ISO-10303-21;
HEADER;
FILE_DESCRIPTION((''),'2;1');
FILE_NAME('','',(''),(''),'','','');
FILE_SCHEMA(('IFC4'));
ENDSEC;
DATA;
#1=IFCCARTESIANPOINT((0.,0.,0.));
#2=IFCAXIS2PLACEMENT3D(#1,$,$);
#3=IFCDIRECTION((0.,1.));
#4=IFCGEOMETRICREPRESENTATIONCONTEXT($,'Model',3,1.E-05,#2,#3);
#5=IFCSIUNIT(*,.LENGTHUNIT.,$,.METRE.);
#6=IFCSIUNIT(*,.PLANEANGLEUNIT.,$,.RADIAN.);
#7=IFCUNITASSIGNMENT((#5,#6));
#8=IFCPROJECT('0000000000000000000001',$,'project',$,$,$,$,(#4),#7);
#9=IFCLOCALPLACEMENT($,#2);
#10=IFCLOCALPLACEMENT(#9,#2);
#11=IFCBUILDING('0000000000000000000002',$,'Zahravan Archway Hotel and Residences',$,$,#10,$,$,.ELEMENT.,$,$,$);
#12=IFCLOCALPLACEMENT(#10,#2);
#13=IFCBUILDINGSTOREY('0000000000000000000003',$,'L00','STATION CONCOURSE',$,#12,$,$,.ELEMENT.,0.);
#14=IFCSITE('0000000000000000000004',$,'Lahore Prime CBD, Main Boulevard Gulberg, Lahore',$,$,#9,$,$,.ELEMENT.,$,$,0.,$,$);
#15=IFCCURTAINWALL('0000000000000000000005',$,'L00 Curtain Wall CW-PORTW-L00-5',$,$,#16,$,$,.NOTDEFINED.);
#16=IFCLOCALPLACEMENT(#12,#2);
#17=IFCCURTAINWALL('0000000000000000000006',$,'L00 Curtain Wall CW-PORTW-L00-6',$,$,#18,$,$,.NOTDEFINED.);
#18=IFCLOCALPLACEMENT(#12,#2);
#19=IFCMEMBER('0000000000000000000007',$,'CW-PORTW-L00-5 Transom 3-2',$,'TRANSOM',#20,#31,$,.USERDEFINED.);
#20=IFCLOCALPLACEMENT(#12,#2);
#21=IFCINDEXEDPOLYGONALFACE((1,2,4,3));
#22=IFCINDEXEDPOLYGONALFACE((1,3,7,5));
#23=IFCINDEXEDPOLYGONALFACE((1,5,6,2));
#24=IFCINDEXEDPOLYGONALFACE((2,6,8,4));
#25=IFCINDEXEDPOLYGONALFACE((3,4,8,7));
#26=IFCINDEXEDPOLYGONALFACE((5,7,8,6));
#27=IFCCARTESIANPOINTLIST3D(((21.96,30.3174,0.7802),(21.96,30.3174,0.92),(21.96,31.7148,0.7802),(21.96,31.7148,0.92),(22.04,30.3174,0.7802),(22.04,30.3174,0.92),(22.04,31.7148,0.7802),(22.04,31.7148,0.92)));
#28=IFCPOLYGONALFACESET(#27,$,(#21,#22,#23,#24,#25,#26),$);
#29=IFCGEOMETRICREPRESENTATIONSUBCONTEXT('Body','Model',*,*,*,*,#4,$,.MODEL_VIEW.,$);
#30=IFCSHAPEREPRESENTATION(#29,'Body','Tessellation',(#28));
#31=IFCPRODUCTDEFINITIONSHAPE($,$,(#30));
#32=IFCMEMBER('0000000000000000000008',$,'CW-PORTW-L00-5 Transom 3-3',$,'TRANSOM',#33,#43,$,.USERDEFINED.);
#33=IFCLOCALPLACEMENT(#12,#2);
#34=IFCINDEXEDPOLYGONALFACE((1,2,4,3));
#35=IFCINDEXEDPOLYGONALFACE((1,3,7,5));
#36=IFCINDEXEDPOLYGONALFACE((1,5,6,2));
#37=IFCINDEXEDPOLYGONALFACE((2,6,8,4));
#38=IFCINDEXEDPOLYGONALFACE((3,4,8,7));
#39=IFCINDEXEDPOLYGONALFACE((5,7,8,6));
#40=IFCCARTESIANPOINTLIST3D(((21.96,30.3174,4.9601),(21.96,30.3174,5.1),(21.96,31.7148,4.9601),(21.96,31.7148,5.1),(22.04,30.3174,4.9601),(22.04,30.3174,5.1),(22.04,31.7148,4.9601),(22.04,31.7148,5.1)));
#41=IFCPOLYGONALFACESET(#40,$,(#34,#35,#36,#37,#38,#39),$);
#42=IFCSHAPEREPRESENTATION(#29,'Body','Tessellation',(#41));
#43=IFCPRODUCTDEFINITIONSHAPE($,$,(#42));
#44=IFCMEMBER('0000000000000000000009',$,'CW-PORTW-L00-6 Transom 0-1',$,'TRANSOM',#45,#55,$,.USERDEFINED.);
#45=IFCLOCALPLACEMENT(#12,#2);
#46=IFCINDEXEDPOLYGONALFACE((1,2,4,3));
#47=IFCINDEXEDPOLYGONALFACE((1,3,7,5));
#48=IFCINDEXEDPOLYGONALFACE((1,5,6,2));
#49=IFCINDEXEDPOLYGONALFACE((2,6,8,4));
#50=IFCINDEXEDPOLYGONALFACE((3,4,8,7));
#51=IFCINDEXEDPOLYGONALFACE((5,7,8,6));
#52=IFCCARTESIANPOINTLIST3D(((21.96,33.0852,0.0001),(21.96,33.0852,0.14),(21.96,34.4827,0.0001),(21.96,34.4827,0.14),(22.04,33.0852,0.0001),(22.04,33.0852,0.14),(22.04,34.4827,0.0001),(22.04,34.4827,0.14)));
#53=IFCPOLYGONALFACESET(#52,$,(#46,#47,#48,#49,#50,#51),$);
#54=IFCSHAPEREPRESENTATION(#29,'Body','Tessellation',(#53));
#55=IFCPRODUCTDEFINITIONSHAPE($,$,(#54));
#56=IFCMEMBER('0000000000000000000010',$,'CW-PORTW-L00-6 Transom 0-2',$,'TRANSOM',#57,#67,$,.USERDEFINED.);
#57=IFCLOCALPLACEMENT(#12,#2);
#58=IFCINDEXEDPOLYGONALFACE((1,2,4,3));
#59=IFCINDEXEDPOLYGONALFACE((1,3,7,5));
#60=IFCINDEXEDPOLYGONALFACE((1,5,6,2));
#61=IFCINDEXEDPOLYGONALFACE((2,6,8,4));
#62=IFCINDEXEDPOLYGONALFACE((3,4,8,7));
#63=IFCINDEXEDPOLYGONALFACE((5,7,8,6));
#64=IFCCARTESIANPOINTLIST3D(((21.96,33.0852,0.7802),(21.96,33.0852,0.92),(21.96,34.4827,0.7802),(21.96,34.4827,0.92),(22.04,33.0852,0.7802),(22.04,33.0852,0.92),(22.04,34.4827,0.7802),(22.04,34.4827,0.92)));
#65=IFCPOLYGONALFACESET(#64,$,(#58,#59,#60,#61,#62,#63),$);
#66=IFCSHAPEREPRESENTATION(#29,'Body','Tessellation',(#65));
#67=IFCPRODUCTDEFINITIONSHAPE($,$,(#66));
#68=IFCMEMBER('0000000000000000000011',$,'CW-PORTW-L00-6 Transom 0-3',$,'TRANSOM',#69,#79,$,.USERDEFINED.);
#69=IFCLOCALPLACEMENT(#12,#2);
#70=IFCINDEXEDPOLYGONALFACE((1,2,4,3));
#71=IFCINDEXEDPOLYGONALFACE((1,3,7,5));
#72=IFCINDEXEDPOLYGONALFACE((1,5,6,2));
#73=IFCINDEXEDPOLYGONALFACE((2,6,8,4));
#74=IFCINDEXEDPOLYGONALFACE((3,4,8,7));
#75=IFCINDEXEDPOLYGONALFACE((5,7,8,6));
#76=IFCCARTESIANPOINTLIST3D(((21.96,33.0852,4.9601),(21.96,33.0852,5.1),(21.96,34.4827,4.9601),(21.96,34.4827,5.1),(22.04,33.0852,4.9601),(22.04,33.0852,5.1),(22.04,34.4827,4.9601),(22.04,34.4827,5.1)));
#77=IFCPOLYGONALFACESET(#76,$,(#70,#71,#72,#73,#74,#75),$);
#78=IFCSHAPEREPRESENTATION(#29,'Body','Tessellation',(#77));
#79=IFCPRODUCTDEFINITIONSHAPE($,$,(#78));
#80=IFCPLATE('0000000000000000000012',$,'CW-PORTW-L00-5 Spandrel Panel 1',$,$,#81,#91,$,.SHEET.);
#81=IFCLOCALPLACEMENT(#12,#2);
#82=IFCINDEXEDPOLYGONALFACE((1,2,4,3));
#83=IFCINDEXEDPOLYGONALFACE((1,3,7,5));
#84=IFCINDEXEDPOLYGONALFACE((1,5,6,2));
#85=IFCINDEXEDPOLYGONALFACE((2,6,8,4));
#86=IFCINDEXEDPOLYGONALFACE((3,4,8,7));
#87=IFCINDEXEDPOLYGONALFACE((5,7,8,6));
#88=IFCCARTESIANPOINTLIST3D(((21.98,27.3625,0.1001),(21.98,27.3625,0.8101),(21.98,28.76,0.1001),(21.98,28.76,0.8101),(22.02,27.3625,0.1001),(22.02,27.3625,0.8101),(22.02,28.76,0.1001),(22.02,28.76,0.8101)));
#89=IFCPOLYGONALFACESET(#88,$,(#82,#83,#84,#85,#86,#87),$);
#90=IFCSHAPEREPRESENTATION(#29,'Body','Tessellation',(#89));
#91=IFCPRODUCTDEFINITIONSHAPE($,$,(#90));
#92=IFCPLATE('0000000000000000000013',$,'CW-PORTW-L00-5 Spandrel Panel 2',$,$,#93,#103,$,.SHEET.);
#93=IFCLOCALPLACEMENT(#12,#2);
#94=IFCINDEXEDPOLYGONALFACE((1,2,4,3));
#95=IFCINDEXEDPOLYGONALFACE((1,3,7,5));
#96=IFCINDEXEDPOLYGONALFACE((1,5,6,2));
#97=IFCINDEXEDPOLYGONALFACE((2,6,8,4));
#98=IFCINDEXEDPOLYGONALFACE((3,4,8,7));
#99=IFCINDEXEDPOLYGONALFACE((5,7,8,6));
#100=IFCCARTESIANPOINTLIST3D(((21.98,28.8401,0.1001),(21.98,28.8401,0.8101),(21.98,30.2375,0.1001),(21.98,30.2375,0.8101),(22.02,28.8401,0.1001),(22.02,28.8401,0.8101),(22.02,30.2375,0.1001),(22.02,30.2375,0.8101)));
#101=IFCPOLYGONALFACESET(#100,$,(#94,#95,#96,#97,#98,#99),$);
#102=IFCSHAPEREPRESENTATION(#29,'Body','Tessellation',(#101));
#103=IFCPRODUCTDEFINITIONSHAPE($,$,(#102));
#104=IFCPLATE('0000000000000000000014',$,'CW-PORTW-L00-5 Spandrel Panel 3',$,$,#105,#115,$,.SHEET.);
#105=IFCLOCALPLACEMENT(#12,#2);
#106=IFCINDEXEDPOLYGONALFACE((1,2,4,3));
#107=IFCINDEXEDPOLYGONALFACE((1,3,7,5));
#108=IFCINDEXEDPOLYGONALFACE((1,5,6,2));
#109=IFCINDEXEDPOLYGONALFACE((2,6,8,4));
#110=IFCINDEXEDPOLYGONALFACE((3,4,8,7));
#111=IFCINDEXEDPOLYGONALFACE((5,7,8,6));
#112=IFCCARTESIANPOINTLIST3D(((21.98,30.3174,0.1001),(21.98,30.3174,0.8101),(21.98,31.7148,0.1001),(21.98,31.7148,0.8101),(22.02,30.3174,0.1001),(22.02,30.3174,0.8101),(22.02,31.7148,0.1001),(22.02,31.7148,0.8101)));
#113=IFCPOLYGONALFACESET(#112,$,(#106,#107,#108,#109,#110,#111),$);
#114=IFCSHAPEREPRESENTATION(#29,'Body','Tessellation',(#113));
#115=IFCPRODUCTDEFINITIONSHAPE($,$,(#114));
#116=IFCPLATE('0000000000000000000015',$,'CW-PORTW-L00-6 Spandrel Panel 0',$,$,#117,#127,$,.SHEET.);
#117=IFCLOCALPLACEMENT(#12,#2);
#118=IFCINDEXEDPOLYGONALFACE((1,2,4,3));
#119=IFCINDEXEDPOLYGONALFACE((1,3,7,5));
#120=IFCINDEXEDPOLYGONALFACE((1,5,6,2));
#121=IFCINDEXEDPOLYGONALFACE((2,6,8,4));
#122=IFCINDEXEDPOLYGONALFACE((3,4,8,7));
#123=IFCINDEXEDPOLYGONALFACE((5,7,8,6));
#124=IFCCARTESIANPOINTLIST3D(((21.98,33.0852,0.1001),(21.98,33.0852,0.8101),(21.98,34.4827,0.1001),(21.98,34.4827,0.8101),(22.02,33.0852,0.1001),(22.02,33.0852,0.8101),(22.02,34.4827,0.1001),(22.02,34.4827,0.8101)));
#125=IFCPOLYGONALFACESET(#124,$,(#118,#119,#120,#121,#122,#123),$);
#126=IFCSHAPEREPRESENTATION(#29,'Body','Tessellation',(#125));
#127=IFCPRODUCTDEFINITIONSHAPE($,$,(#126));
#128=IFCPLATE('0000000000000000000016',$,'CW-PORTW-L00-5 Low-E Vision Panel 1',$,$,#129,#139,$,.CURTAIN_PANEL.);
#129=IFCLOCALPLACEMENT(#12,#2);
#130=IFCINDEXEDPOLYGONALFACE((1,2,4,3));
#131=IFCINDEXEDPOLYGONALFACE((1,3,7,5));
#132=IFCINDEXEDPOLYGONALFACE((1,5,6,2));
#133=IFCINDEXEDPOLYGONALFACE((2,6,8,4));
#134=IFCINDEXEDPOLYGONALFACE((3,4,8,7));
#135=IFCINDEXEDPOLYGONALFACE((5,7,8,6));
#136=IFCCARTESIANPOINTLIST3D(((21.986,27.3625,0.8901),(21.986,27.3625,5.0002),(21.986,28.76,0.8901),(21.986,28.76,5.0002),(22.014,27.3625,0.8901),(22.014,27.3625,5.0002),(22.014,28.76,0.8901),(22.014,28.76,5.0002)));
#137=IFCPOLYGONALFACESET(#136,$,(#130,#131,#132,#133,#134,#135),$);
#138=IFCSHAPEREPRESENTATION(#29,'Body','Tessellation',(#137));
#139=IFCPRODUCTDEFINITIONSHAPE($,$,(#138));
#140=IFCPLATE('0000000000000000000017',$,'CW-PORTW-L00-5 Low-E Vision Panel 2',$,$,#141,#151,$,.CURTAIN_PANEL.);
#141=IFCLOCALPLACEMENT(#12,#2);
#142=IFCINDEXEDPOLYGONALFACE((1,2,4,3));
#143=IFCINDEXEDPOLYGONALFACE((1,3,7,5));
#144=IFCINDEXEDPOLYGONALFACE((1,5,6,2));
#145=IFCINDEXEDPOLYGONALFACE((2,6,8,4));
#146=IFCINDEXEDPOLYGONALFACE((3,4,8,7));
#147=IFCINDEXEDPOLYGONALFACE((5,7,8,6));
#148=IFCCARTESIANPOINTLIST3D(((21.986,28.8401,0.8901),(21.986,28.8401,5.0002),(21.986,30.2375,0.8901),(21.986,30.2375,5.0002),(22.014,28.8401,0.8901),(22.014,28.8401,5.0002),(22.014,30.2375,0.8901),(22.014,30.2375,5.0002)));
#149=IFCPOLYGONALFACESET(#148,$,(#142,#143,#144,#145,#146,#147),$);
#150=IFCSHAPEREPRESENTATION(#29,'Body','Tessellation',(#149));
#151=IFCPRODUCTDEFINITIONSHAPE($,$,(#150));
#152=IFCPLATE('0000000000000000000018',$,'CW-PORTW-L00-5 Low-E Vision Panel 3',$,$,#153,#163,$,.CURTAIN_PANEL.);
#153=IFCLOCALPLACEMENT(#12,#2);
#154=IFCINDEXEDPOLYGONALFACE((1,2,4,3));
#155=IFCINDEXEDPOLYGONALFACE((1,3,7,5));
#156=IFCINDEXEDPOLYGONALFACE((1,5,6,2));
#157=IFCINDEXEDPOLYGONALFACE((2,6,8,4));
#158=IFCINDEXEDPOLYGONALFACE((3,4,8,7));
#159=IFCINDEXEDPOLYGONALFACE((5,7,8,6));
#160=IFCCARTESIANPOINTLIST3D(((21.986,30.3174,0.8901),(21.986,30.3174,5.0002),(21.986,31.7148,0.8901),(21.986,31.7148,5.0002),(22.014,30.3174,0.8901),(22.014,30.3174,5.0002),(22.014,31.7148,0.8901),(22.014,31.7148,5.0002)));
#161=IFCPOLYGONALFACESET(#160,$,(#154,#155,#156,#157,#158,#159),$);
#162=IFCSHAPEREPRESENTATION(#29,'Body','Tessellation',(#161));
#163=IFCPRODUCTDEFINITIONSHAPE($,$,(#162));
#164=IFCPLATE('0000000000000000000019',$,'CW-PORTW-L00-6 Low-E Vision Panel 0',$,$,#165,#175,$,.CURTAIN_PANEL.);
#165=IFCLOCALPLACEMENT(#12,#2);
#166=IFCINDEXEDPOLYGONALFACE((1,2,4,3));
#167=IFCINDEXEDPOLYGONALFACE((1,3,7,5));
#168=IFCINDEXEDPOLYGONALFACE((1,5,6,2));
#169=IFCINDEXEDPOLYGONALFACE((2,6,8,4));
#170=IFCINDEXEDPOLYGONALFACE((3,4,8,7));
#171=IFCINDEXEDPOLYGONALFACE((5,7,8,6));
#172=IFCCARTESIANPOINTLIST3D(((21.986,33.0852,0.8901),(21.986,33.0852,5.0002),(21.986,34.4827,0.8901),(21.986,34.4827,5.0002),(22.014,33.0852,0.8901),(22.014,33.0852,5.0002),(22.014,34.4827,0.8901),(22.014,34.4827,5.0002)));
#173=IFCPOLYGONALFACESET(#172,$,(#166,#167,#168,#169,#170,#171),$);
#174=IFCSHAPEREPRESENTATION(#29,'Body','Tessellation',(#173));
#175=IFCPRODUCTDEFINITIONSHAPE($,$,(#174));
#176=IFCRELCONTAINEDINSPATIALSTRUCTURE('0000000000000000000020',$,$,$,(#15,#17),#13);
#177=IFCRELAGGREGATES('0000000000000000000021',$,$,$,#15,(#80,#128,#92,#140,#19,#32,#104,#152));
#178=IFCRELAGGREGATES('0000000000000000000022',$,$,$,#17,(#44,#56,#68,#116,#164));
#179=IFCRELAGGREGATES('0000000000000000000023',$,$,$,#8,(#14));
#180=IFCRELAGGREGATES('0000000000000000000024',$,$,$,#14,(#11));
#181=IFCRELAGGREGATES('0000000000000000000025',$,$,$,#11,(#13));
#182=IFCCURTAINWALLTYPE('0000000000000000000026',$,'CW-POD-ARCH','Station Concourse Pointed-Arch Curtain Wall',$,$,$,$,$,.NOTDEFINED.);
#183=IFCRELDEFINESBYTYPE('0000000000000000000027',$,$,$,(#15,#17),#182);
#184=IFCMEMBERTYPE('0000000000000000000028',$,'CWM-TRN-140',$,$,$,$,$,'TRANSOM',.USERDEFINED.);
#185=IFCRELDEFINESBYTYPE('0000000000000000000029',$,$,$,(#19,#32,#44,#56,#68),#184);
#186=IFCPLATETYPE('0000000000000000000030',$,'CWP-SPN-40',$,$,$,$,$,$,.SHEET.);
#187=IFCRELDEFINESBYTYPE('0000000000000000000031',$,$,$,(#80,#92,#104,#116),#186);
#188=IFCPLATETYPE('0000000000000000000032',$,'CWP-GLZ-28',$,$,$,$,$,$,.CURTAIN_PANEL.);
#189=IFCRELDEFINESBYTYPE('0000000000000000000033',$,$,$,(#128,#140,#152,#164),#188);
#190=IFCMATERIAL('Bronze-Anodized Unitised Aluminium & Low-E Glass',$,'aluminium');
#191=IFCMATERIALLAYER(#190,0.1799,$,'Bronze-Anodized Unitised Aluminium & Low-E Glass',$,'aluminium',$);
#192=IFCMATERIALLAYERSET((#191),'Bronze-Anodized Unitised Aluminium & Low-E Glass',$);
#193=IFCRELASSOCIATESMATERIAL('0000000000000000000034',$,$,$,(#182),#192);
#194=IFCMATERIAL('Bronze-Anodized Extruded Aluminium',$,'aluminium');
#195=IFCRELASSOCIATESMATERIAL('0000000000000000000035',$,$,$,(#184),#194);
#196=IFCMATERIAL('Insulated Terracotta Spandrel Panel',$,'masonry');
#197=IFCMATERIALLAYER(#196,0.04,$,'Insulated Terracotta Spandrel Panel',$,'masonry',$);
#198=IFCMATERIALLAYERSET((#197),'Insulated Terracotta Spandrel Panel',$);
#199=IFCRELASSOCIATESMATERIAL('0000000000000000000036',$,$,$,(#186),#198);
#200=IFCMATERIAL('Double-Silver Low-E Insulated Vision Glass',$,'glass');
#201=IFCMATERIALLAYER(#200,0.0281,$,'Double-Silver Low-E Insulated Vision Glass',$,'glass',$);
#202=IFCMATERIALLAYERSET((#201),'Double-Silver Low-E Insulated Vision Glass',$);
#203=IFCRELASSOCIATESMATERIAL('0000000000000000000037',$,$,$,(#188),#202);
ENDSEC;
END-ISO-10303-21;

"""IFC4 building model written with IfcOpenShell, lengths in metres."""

from ifc_helpers import new_model, si_unit, direction, frame, origin, origin_2d, place, context, subcontext, project, spatial, rectangle, extrude, source, transform, mapped, material, layer, layer_set, material_profile, profile_set, type_object, element, aggregate, save


model = new_model("IFC4")

# Units and contexts
model_context = context("Model", 3, precision=1e-05, world=origin(), true_north=direction((0.0, 1.0)))
body_context = subcontext(model_context, "Body", "Model", "MODEL_VIEW")
ifc_project = project(units=[si_unit("LENGTHUNIT", "METRE"), si_unit("PLANEANGLEUNIT", "RADIAN")], contexts=[model_context])

# Site, building, storey
site_placement = place(None, origin())
site = spatial("IfcSite", under=ifc_project, at=site_placement, Name="Lahore Prime CBD, Main Boulevard Gulberg, Lahore", CompositionType="ELEMENT", RefElevation=0.0)
building_placement = place(site_placement, origin())
building = spatial("IfcBuilding", under=site, at=building_placement, Name="Zahravan Archway Hotel and Residences", CompositionType="ELEMENT")
storey_placement = place(building_placement, origin())
storey = spatial("IfcBuildingStorey", under=building, at=storey_placement, Name="L00", Description="STATION CONCOURSE", CompositionType="ELEMENT", Elevation=0.0)

# Curtain wall
ifc_material_1 = material(Name="Bronze-Anodized Unitised Aluminium & Low-E Glass", Category="aluminium")
ifc_layer_1 = layer(ifc_material_1, 0.1799, Name="Bronze-Anodized Unitised Aluminium & Low-E Glass", Category="aluminium")
ifc_layer_set_1 = layer_set([ifc_layer_1], Name="Bronze-Anodized Unitised Aluminium & Low-E Glass")
curtain_wall_type = type_object("IfcCurtainWallType", Name="CW-POD-ARCH", Description="Station Concourse Pointed-Arch Curtain Wall", PredefinedType="NOTDEFINED", material=ifc_layer_set_1)
curtain_wall_1_placement = place(storey_placement, origin())
curtain_wall_1 = element("IfcCurtainWall", 1, at=curtain_wall_1_placement, inside=storey, type_object=curtain_wall_type, Name="L00 Curtain Wall CW-PORTW-L00-5", PredefinedType="NOTDEFINED")
ifc_material_2 = material(Name="Bronze-Anodized Extruded Aluminium", Category="aluminium")

# Curtain wall
curtain_wall_2_placement = place(storey_placement, origin())
curtain_wall_2 = element("IfcCurtainWall", 2, at=curtain_wall_2_placement, inside=storey, type_object=curtain_wall_type, Name="L00 Curtain Wall CW-PORTW-L00-6", PredefinedType="NOTDEFINED")

# Members
ifc_material_profile_1 = material_profile(ifc_material_2, rectangle(XDim=0.0801, YDim=0.1399, at=origin_2d()), Name="TRN 80x140", Category="aluminium")
ifc_profile_set_1 = profile_set([ifc_material_profile_1], Name="Bronze-Anodized Extruded Aluminium")
member_type_1 = type_object("IfcMemberType", Name="CWM-TRN-140", ElementType="TRANSOM", PredefinedType="USERDEFINED", material=ifc_profile_set_1)
shared_shape_1 = source(origin(), body_context, "Body", "SweptSolid", [
    extrude(rectangle(XDim=0.0801, YDim=0.1399, at=origin_2d()), origin(), (0.0, 0.0, 1.0), 1.3975),
])
member_1_placement = place(storey_placement, frame((22.0, 30.3174, 0.8501), z_axis=(0.0, 1.0, 0.0), x_axis=(-1.0, 0.0, 0.0)))
member_1 = element("IfcMember", 3, at=member_1_placement, type_object=member_type_1, Name="CW-PORTW-L00-5 Transom 3-2", ObjectType="TRANSOM", PredefinedType="USERDEFINED", context=body_context, shape_type="MappedRepresentation", body=[
    mapped(shared_shape_1, transform((0.0, 0.0, 0.0), scale=1.0)),
])
member_2_placement = place(storey_placement, frame((22.0, 30.3174, 5.03), z_axis=(0.0, 1.0, 0.0), x_axis=(-1.0, 0.0, 0.0)))
member_2 = element("IfcMember", 4, at=member_2_placement, type_object=member_type_1, Name="CW-PORTW-L00-5 Transom 3-3", ObjectType="TRANSOM", PredefinedType="USERDEFINED", context=body_context, shape_type="MappedRepresentation", body=[
    mapped(shared_shape_1, transform((0.0, 0.0, 0.0), scale=1.0)),
])
member_3_placement = place(storey_placement, frame((22.0, 33.0852, 0.0701), z_axis=(0.0, 1.0, 0.0), x_axis=(-1.0, 0.0, 0.0)))
member_3 = element("IfcMember", 5, at=member_3_placement, type_object=member_type_1, Name="CW-PORTW-L00-6 Transom 0-1", ObjectType="TRANSOM", PredefinedType="USERDEFINED", context=body_context, shape_type="MappedRepresentation", body=[
    mapped(shared_shape_1, transform((0.0, 0.0, 0.0), scale=1.0)),
])
member_4_placement = place(storey_placement, frame((22.0, 33.0852, 0.8501), z_axis=(0.0, 1.0, 0.0), x_axis=(-1.0, 0.0, 0.0)))
member_4 = element("IfcMember", 6, at=member_4_placement, type_object=member_type_1, Name="CW-PORTW-L00-6 Transom 0-2", ObjectType="TRANSOM", PredefinedType="USERDEFINED", context=body_context, shape_type="MappedRepresentation", body=[
    mapped(shared_shape_1, transform((0.0, 0.0, 0.0), scale=1.0)),
])
member_5_placement = place(storey_placement, frame((22.0, 33.0852, 5.03), z_axis=(0.0, 1.0, 0.0), x_axis=(-1.0, 0.0, 0.0)))
member_5 = element("IfcMember", 7, at=member_5_placement, type_object=member_type_1, Name="CW-PORTW-L00-6 Transom 0-3", ObjectType="TRANSOM", PredefinedType="USERDEFINED", context=body_context, shape_type="MappedRepresentation", body=[
    mapped(shared_shape_1, transform((0.0, 0.0, 0.0), scale=1.0)),
])

# Plates
ifc_material_3 = material(Name="Insulated Terracotta Spandrel Panel", Category="masonry")
ifc_layer_2 = layer(ifc_material_3, 0.04, Name="Insulated Terracotta Spandrel Panel", Category="masonry")
ifc_layer_set_2 = layer_set([ifc_layer_2], Name="Insulated Terracotta Spandrel Panel")
plate_type_1 = type_object("IfcPlateType", Name="CWP-SPN-40", PredefinedType="SHEET", material=ifc_layer_set_2)
shared_shape_2 = source(origin(), body_context, "Body", "SweptSolid", [
    extrude(rectangle(XDim=1.3975, YDim=0.04, at=origin_2d()), origin(), (0.0, 0.0, 1.0), 0.71),
])
plate_1_placement = place(storey_placement, frame((22.0, 28.0613, 0.1001), z_axis=(0.0, 0.0, 1.0), x_axis=(0.0, 1.0, 0.0)))
plate_1 = element("IfcPlate", 8, at=plate_1_placement, type_object=plate_type_1, Name="CW-PORTW-L00-5 Spandrel Panel 1", PredefinedType="SHEET", context=body_context, shape_type="MappedRepresentation", body=[
    mapped(shared_shape_2, transform((0.0, 0.0, 0.0), scale=1.0)),
])
plate_2_placement = place(storey_placement, frame((22.0, 29.5388, 0.1001), z_axis=(0.0, 0.0, 1.0), x_axis=(0.0, 1.0, 0.0)))
plate_2 = element("IfcPlate", 9, at=plate_2_placement, type_object=plate_type_1, Name="CW-PORTW-L00-5 Spandrel Panel 2", PredefinedType="SHEET", context=body_context, shape_type="MappedRepresentation", body=[
    mapped(shared_shape_2, transform((0.0, 0.0, 0.0), scale=1.0)),
])
plate_3_placement = place(storey_placement, frame((22.0, 31.0161, 0.1001), z_axis=(0.0, 0.0, 1.0), x_axis=(0.0, 1.0, 0.0)))
plate_3 = element("IfcPlate", 10, at=plate_3_placement, type_object=plate_type_1, Name="CW-PORTW-L00-5 Spandrel Panel 3", PredefinedType="SHEET", context=body_context, shape_type="MappedRepresentation", body=[
    mapped(shared_shape_2, transform((0.0, 0.0, 0.0), scale=1.0)),
])
plate_4_placement = place(storey_placement, frame((22.0, 33.7839, 0.1001), z_axis=(0.0, 0.0, 1.0), x_axis=(0.0, 1.0, 0.0)))
plate_4 = element("IfcPlate", 11, at=plate_4_placement, type_object=plate_type_1, Name="CW-PORTW-L00-6 Spandrel Panel 0", PredefinedType="SHEET", context=body_context, shape_type="MappedRepresentation", body=[
    mapped(shared_shape_2, transform((0.0, 0.0, 0.0), scale=1.0)),
])
ifc_material_4 = material(Name="Double-Silver Low-E Insulated Vision Glass", Category="glass")
ifc_layer_3 = layer(ifc_material_4, 0.0281, Name="Double-Silver Low-E Insulated Vision Glass", Category="glass")
ifc_layer_set_3 = layer_set([ifc_layer_3], Name="Double-Silver Low-E Insulated Vision Glass")
plate_type_2 = type_object("IfcPlateType", Name="CWP-GLZ-28", PredefinedType="CURTAIN_PANEL", material=ifc_layer_set_3)
shared_shape_3 = source(origin(), body_context, "Body", "SweptSolid", [
    extrude(rectangle(XDim=1.3975, YDim=0.0281, at=origin_2d()), origin(), (0.0, 0.0, 1.0), 4.1101),
])
plate_5_placement = place(storey_placement, frame((22.0, 28.0613, 0.8901), z_axis=(0.0, 0.0, 1.0), x_axis=(0.0, 1.0, 0.0)))
plate_5 = element("IfcPlate", 12, at=plate_5_placement, type_object=plate_type_2, Name="CW-PORTW-L00-5 Low-E Vision Panel 1", PredefinedType="CURTAIN_PANEL", context=body_context, shape_type="MappedRepresentation", body=[
    mapped(shared_shape_3, transform((0.0, 0.0, 0.0), scale=1.0)),
])
plate_6_placement = place(storey_placement, frame((22.0, 29.5388, 0.8901), z_axis=(0.0, 0.0, 1.0), x_axis=(0.0, 1.0, 0.0)))
plate_6 = element("IfcPlate", 13, at=plate_6_placement, type_object=plate_type_2, Name="CW-PORTW-L00-5 Low-E Vision Panel 2", PredefinedType="CURTAIN_PANEL", context=body_context, shape_type="MappedRepresentation", body=[
    mapped(shared_shape_3, transform((0.0, 0.0, 0.0), scale=1.0)),
])
plate_7_placement = place(storey_placement, frame((22.0, 31.0161, 0.8901), z_axis=(0.0, 0.0, 1.0), x_axis=(0.0, 1.0, 0.0)))
plate_7 = element("IfcPlate", 14, at=plate_7_placement, type_object=plate_type_2, Name="CW-PORTW-L00-5 Low-E Vision Panel 3", PredefinedType="CURTAIN_PANEL", context=body_context, shape_type="MappedRepresentation", body=[
    mapped(shared_shape_3, transform((0.0, 0.0, 0.0), scale=1.0)),
])
aggregate(curtain_wall_1, [plate_1, plate_5, plate_2, plate_6, member_1, member_2, plate_3, plate_7])
plate_8_placement = place(storey_placement, frame((22.0, 33.7839, 0.8901), z_axis=(0.0, 0.0, 1.0), x_axis=(0.0, 1.0, 0.0)))
plate_8 = element("IfcPlate", 15, at=plate_8_placement, type_object=plate_type_2, Name="CW-PORTW-L00-6 Low-E Vision Panel 0", PredefinedType="CURTAIN_PANEL", context=body_context, shape_type="MappedRepresentation", body=[
    mapped(shared_shape_3, transform((0.0, 0.0, 0.0), scale=1.0)),
])
aggregate(curtain_wall_2, [member_3, member_4, member_5, plate_4, plate_8])

save(model, "model.ifc")
